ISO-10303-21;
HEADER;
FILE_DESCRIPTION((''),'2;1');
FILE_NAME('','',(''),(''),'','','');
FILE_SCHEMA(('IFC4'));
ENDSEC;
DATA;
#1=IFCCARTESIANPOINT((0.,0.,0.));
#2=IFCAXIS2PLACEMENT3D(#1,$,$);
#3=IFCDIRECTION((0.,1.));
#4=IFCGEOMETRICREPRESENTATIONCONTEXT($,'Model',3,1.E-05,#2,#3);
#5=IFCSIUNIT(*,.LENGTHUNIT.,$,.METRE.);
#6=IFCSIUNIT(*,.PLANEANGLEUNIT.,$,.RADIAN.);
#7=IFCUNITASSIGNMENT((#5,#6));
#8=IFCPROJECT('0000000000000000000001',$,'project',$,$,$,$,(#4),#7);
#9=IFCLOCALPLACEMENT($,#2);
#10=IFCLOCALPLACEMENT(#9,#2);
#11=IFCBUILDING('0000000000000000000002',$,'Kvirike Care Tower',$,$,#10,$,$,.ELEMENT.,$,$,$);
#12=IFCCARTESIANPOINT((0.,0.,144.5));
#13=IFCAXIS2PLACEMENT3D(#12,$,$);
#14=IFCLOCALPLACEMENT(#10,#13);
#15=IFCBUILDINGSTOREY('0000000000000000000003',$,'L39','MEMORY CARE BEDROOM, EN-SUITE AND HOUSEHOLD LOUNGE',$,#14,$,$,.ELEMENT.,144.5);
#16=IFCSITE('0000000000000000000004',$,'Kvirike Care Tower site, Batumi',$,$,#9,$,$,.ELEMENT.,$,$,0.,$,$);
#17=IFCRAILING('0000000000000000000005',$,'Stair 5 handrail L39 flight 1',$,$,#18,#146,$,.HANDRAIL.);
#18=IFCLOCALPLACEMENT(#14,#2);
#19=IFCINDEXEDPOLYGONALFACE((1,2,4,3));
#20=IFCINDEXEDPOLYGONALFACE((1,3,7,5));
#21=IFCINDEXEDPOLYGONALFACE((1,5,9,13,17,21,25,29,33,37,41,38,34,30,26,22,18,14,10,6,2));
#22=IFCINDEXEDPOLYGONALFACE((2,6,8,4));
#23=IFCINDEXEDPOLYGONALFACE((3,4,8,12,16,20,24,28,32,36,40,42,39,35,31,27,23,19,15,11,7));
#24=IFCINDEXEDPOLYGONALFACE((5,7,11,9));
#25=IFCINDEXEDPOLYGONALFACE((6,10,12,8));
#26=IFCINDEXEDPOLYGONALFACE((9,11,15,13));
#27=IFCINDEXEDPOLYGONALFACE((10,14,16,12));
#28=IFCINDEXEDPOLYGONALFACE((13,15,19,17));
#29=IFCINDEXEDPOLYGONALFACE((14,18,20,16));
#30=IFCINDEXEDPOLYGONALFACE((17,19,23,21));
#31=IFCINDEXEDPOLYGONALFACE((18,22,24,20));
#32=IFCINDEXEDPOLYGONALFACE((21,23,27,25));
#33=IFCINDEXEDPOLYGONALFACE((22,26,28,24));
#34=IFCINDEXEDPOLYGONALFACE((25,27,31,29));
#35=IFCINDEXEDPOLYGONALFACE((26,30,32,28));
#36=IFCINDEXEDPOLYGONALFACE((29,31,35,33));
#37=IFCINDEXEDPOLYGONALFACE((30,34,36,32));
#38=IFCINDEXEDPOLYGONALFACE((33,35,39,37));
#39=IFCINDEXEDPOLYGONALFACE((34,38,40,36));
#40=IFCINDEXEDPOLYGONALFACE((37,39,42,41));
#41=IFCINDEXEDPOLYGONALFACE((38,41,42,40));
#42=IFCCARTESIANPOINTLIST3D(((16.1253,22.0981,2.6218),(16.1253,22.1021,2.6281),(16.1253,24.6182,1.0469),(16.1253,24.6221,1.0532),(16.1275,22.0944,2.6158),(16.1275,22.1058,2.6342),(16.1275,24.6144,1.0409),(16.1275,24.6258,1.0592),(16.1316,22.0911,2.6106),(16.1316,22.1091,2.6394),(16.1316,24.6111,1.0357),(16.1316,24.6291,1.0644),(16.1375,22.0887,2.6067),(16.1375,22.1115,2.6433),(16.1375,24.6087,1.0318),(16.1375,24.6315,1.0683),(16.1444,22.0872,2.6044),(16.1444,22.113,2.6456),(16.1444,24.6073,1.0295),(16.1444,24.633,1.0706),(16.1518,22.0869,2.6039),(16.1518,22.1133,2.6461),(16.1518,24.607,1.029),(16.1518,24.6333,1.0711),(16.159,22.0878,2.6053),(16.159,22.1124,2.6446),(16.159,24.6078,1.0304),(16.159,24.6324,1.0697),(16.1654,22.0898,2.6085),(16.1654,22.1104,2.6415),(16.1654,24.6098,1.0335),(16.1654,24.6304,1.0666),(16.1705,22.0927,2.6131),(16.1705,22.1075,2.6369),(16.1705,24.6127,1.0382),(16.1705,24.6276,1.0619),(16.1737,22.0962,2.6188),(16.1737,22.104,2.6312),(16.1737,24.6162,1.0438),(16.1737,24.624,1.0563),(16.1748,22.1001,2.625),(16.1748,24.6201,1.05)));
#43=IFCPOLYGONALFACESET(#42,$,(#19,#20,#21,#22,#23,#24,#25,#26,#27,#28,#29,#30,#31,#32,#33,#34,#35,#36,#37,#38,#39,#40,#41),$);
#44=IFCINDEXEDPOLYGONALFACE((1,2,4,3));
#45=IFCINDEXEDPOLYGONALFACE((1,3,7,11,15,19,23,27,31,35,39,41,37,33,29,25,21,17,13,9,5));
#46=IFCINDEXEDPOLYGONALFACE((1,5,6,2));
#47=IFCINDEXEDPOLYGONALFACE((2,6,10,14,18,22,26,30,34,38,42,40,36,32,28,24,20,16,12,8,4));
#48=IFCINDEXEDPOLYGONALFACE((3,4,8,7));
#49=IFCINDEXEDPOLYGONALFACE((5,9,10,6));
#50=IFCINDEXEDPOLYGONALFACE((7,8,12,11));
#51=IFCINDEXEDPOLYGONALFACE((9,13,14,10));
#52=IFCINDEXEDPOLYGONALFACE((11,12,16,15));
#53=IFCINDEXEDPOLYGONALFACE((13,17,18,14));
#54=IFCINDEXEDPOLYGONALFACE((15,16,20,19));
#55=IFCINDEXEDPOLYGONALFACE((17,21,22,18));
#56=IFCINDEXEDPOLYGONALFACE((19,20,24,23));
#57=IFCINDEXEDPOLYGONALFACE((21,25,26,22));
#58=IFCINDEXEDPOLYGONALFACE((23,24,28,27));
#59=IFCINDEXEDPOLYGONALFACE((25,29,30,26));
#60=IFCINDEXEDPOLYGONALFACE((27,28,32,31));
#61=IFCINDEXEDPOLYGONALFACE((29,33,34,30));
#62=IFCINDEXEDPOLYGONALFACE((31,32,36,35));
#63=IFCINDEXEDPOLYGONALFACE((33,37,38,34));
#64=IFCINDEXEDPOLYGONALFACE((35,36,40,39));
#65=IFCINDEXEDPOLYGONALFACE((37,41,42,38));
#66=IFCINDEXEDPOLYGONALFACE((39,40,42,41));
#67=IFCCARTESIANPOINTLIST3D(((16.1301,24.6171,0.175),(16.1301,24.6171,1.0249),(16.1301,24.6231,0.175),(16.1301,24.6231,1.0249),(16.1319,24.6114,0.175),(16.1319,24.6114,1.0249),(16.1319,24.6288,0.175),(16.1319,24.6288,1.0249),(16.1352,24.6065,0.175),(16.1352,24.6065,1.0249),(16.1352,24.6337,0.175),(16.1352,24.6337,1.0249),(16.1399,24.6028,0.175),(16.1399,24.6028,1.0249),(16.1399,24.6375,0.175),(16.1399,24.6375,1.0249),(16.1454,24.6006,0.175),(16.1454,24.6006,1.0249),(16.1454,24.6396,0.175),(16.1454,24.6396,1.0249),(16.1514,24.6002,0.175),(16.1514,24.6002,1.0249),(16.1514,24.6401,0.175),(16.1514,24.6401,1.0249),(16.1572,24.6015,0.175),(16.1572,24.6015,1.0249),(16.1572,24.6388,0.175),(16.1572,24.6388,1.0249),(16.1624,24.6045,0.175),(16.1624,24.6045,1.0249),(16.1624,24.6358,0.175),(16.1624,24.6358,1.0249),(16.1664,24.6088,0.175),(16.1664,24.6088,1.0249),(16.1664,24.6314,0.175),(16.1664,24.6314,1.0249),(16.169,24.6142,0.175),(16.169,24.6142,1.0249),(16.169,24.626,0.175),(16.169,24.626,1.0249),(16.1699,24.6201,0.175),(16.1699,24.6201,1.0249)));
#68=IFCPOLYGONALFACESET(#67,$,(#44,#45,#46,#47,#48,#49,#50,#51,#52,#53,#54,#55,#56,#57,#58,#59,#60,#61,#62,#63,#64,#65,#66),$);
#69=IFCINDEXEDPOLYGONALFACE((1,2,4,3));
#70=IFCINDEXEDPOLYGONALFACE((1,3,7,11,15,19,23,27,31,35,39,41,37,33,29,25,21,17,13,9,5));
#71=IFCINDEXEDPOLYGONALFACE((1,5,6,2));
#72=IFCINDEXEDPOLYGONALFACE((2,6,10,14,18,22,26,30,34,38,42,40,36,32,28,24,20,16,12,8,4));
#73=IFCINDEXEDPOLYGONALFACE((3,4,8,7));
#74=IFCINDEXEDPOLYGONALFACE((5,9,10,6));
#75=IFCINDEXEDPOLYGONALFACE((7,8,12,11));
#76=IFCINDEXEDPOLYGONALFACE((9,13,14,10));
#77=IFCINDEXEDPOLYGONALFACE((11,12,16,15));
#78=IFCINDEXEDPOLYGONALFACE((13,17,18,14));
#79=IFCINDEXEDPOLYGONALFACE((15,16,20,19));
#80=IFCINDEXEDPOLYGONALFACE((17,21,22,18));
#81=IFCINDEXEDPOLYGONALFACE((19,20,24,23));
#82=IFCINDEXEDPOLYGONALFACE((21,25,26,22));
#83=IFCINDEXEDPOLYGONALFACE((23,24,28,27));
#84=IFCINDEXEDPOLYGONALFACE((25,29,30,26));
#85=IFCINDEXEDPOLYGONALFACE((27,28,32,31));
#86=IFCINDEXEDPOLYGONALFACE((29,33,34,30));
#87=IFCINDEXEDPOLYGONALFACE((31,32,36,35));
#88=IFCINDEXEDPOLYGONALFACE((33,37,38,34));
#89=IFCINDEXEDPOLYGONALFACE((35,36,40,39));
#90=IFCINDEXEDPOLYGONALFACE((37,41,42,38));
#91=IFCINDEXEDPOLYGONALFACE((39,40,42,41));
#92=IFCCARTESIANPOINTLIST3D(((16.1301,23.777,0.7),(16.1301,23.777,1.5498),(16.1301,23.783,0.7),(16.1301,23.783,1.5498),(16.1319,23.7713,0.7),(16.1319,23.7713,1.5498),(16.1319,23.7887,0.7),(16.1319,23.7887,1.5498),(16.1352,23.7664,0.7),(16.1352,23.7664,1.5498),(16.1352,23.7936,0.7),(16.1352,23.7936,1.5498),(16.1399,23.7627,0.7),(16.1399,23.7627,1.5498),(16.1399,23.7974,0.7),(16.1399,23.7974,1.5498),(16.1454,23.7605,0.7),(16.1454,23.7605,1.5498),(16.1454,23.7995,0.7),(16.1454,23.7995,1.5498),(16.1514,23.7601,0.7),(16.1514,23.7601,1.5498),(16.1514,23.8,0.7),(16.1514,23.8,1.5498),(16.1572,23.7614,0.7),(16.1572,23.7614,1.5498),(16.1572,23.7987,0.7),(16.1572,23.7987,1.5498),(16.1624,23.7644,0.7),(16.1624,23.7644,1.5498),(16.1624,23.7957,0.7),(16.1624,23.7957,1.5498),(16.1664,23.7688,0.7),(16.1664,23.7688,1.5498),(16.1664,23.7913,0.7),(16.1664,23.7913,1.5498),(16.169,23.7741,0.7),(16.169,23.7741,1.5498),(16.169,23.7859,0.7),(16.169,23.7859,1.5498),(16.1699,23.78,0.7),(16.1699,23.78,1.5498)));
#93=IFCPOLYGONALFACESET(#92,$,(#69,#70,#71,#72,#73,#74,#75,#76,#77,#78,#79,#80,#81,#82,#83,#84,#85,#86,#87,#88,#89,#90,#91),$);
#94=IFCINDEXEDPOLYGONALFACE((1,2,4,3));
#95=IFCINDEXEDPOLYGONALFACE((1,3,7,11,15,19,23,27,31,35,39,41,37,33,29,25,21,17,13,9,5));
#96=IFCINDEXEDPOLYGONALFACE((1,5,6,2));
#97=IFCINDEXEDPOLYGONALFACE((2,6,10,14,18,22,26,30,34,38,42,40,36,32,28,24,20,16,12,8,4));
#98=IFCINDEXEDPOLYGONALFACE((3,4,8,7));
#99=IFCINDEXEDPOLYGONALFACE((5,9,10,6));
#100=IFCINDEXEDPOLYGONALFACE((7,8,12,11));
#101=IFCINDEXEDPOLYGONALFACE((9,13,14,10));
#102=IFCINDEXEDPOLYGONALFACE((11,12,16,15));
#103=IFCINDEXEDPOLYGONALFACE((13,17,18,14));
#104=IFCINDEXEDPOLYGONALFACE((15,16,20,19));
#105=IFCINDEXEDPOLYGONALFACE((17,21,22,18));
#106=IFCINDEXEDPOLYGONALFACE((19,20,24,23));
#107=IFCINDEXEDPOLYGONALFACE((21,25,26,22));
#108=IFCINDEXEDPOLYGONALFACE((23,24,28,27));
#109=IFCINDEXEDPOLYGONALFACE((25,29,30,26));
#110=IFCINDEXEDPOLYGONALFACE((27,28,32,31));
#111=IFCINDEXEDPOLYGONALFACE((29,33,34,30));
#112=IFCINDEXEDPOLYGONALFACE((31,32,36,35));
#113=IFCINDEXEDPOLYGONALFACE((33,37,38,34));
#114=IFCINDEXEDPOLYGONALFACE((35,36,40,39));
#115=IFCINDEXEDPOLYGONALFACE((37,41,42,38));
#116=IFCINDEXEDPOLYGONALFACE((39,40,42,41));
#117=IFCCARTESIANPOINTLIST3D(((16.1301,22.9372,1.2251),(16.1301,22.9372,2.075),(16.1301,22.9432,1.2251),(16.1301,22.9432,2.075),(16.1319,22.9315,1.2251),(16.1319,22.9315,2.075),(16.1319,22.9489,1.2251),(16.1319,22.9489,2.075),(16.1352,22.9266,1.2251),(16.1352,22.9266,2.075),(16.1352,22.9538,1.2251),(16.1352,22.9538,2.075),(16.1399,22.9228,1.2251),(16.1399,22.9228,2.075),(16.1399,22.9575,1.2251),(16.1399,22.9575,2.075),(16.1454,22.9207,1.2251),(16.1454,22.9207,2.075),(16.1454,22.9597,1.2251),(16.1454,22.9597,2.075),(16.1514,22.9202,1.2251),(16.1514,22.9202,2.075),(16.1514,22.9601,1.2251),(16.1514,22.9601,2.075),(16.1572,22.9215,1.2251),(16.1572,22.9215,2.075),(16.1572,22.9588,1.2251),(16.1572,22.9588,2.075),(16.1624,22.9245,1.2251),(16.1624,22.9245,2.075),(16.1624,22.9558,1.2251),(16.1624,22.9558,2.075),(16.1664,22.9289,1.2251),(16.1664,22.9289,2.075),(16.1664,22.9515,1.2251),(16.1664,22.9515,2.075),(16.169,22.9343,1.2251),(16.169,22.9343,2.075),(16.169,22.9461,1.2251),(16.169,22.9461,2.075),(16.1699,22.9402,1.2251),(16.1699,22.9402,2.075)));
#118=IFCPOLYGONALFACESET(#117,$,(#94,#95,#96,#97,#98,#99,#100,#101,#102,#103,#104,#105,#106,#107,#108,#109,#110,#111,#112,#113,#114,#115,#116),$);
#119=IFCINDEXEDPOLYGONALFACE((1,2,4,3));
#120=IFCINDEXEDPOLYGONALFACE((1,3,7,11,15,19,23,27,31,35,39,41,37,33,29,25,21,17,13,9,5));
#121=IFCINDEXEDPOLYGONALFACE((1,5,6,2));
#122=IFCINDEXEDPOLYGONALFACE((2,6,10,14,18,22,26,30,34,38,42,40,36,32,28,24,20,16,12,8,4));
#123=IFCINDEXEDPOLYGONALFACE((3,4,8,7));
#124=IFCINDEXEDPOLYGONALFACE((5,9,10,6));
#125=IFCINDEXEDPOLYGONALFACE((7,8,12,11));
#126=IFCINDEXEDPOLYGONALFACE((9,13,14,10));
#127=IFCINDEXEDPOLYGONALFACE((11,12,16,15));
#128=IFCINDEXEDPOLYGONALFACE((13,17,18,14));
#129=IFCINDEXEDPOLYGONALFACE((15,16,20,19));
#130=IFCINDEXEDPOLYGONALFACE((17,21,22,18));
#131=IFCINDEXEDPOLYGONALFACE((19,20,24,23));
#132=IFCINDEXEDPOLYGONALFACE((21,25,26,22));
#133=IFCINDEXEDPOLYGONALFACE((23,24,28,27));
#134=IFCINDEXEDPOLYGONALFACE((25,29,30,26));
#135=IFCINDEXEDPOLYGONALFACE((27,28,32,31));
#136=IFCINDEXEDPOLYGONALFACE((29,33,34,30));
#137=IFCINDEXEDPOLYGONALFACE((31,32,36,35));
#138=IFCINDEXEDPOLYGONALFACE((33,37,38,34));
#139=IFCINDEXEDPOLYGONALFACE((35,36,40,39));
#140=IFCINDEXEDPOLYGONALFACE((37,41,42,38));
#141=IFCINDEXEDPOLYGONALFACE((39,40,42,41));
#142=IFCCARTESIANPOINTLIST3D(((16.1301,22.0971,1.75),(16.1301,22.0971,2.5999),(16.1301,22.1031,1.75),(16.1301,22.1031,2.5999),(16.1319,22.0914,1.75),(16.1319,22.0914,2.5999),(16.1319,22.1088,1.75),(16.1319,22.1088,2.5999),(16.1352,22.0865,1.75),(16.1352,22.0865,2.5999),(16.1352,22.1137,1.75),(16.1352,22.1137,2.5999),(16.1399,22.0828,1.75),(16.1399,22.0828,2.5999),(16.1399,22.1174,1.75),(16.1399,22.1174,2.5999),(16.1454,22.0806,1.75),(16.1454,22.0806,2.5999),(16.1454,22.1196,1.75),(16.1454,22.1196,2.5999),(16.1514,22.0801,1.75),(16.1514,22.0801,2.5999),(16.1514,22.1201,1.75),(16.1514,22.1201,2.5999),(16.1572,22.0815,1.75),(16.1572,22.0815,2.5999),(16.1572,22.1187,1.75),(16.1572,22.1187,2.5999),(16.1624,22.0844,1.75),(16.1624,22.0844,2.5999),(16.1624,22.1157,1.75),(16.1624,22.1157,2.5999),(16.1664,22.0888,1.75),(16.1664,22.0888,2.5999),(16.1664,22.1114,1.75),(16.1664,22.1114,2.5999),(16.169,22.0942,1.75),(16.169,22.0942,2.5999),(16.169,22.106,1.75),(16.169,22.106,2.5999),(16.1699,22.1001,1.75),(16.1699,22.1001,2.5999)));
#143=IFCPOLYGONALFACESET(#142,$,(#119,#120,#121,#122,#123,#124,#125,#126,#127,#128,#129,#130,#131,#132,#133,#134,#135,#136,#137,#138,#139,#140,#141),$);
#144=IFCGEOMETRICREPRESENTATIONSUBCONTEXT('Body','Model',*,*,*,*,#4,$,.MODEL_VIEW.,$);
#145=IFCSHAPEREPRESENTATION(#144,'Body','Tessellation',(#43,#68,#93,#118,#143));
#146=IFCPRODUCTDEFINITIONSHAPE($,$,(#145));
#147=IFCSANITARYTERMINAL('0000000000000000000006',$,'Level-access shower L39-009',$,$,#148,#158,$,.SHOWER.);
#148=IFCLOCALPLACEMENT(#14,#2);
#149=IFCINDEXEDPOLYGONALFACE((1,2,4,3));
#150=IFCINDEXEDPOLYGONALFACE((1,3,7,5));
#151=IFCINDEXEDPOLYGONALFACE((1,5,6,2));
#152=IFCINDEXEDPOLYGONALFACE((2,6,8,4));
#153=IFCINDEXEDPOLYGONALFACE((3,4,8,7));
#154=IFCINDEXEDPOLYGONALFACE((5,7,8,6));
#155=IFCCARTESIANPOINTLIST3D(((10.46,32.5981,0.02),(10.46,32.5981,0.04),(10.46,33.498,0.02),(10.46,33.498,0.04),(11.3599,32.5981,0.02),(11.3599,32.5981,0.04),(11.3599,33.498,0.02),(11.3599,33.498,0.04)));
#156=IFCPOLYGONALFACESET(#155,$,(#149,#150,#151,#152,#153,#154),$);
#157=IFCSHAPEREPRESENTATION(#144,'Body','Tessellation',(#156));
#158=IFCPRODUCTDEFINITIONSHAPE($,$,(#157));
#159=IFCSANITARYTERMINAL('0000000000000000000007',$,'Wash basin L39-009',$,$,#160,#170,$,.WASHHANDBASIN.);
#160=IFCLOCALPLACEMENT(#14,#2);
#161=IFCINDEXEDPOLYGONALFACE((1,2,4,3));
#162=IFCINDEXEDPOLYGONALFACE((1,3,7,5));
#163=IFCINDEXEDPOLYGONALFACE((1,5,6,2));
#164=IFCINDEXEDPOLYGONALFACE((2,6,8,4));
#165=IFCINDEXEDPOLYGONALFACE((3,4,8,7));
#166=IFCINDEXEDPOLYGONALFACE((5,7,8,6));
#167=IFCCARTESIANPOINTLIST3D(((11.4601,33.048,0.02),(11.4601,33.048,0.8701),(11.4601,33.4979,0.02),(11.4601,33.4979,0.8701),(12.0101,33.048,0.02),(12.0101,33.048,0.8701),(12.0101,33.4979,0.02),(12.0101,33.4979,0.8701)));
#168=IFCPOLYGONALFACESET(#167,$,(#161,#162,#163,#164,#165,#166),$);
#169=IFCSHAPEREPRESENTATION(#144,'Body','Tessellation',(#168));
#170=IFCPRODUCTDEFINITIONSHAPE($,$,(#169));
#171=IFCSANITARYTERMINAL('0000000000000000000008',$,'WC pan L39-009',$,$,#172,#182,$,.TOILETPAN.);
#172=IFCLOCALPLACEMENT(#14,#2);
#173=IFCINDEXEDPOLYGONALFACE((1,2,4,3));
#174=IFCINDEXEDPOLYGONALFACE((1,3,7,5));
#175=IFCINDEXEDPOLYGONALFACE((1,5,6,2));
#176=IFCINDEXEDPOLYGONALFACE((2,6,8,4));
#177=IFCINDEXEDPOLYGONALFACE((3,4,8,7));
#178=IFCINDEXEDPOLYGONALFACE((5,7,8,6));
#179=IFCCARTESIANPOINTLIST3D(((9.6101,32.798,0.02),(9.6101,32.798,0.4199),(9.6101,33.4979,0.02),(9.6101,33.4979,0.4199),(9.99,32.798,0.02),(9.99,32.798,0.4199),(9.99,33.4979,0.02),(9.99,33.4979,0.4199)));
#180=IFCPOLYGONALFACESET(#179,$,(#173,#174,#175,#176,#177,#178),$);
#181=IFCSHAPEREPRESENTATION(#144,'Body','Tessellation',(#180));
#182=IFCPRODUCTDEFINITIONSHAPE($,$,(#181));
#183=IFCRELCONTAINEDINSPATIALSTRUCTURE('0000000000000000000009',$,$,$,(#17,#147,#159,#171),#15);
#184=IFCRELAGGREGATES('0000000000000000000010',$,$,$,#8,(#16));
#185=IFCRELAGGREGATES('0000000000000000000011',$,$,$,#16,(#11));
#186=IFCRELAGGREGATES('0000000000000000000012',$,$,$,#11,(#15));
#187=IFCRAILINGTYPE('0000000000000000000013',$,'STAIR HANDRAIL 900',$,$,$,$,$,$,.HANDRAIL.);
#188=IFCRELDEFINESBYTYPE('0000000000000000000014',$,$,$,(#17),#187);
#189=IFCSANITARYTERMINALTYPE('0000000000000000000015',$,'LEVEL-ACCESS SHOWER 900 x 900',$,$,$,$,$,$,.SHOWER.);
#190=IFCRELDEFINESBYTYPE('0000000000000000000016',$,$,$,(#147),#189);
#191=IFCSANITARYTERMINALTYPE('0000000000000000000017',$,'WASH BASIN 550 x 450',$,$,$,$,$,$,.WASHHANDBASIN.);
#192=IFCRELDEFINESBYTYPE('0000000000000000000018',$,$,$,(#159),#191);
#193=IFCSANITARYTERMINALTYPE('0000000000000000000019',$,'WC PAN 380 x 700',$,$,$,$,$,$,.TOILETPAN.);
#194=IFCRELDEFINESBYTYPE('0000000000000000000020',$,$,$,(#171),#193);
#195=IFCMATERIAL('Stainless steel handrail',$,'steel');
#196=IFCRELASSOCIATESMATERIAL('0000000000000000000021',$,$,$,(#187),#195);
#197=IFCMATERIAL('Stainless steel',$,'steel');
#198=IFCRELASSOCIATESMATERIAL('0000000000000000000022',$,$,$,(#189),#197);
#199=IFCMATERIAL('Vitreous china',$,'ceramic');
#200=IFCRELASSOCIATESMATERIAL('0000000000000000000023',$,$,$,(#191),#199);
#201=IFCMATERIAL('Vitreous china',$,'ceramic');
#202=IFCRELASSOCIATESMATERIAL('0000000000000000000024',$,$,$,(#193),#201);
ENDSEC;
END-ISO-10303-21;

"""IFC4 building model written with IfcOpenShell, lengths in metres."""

from ifc_helpers import new_model, si_unit, direction, frame, origin, origin_2d, place, context, subcontext, project, spatial, rectangle, circle, extrude, material, type_object, element, save


model = new_model("IFC4")

# Units and contexts
model_context = context("Model", 3, precision=1e-05, world=origin(), true_north=direction((0.0, 1.0)))
body_context = subcontext(model_context, "Body", "Model", "MODEL_VIEW")
ifc_project = project(units=[si_unit("LENGTHUNIT", "METRE"), si_unit("PLANEANGLEUNIT", "RADIAN")], contexts=[model_context])

# Site, building, storey
site_placement = place(None, origin())
site = spatial("IfcSite", under=ifc_project, at=site_placement, Name="Kvirike Care Tower site, Batumi", CompositionType="ELEMENT", RefElevation=0.0)
building_placement = place(site_placement, origin())
building = spatial("IfcBuilding", under=site, at=building_placement, Name="Kvirike Care Tower", CompositionType="ELEMENT")
storey_placement = place(building_placement, frame((0.0, 0.0, 144.5)))
storey = spatial("IfcBuildingStorey", under=building, at=storey_placement, Name="L39", Description="MEMORY CARE BEDROOM, EN-SUITE AND HOUSEHOLD LOUNGE", CompositionType="ELEMENT", Elevation=144.5)

# Railing
ifc_material_1 = material(Name="Stainless steel handrail", Category="steel")
railing_type = type_object("IfcRailingType", Name="STAIR HANDRAIL 900", PredefinedType="HANDRAIL", material=ifc_material_1)
railing_placement = place(storey_placement, frame((16.1499, 24.6201, 0.175)))
element("IfcRailing", 1, at=railing_placement, inside=storey, type_object=railing_type, Name="Stair 5 handrail L39 flight 1", PredefinedType="HANDRAIL", context=body_context, shape_type="SweptSolid", body=[
    extrude(circle(Radius=0.0249, at=origin_2d()), frame((0.0, 0.0, 0.875), z_axis=(0.0, -0.848008, 0.529984), x_axis=(1.0, 0.0, 0.0)), (0.0, 0.0, 1.0), 2.9717),
    extrude(circle(Radius=0.02, at=origin_2d()), origin(), (0.0, 0.0, 1.0), 0.8499),
    extrude(circle(Radius=0.02, at=origin_2d()), frame((0.0, -0.8401, 0.5249)), (0.0, 0.0, 1.0), 0.8499),
    extrude(circle(Radius=0.02, at=origin_2d()), frame((0.0, -1.6799, 1.05)), (0.0, 0.0, 1.0), 0.8499),
    extrude(circle(Radius=0.02, at=origin_2d()), frame((0.0, -2.52, 1.575)), (0.0, 0.0, 1.0), 0.8499),
])

# Sanitary terminals
ifc_material_2 = material(Name="Stainless steel", Category="steel")
sanitary_terminal_type_1 = type_object("IfcSanitaryTerminalType", Name="LEVEL-ACCESS SHOWER 900 x 900", PredefinedType="SHOWER", material=ifc_material_2)
sanitary_terminal_1_placement = place(storey_placement, frame((10.9099, 33.0481, 0.02), z_axis=(0.0, 0.0, 1.0), x_axis=(1.0, 0.0, 0.0)))
element("IfcSanitaryTerminal", 2, at=sanitary_terminal_1_placement, inside=storey, type_object=sanitary_terminal_type_1, Name="Level-access shower L39-009", PredefinedType="SHOWER", context=body_context, shape_type="SweptSolid", body=[
    extrude(rectangle(XDim=0.8999, YDim=0.8999, at=origin_2d()), origin(), (0.0, 0.0, 1.0), 0.02),
])
ifc_material_3 = material(Name="Vitreous china", Category="ceramic")
sanitary_terminal_type_2 = type_object("IfcSanitaryTerminalType", Name="WASH BASIN 550 x 450", PredefinedType="WASHHANDBASIN", material=ifc_material_3)
sanitary_terminal_2_placement = place(storey_placement, frame((11.7351, 33.2729, 0.02), z_axis=(0.0, 0.0, 1.0), x_axis=(1.0, 0.0, 0.0)))
element("IfcSanitaryTerminal", 3, at=sanitary_terminal_2_placement, inside=storey, type_object=sanitary_terminal_type_2, Name="Wash basin L39-009", PredefinedType="WASHHANDBASIN", context=body_context, shape_type="SweptSolid", body=[
    extrude(rectangle(XDim=0.55, YDim=0.45, at=origin_2d()), origin(), (0.0, 0.0, 1.0), 0.8501),
])
ifc_material_4 = material(Name="Vitreous china", Category="ceramic")
sanitary_terminal_type_3 = type_object("IfcSanitaryTerminalType", Name="WC PAN 380 x 700", PredefinedType="TOILETPAN", material=ifc_material_4)
sanitary_terminal_3_placement = place(storey_placement, frame((9.8, 33.1479, 0.02), z_axis=(0.0, 0.0, 1.0), x_axis=(1.0, 0.0, 0.0)))
element("IfcSanitaryTerminal", 4, at=sanitary_terminal_3_placement, inside=storey, type_object=sanitary_terminal_type_3, Name="WC pan L39-009", PredefinedType="TOILETPAN", context=body_context, shape_type="SweptSolid", body=[
    extrude(rectangle(XDim=0.3799, YDim=0.7, at=origin_2d()), origin(), (0.0, 0.0, 1.0), 0.3999),
])

save(model, "model.ifc")
